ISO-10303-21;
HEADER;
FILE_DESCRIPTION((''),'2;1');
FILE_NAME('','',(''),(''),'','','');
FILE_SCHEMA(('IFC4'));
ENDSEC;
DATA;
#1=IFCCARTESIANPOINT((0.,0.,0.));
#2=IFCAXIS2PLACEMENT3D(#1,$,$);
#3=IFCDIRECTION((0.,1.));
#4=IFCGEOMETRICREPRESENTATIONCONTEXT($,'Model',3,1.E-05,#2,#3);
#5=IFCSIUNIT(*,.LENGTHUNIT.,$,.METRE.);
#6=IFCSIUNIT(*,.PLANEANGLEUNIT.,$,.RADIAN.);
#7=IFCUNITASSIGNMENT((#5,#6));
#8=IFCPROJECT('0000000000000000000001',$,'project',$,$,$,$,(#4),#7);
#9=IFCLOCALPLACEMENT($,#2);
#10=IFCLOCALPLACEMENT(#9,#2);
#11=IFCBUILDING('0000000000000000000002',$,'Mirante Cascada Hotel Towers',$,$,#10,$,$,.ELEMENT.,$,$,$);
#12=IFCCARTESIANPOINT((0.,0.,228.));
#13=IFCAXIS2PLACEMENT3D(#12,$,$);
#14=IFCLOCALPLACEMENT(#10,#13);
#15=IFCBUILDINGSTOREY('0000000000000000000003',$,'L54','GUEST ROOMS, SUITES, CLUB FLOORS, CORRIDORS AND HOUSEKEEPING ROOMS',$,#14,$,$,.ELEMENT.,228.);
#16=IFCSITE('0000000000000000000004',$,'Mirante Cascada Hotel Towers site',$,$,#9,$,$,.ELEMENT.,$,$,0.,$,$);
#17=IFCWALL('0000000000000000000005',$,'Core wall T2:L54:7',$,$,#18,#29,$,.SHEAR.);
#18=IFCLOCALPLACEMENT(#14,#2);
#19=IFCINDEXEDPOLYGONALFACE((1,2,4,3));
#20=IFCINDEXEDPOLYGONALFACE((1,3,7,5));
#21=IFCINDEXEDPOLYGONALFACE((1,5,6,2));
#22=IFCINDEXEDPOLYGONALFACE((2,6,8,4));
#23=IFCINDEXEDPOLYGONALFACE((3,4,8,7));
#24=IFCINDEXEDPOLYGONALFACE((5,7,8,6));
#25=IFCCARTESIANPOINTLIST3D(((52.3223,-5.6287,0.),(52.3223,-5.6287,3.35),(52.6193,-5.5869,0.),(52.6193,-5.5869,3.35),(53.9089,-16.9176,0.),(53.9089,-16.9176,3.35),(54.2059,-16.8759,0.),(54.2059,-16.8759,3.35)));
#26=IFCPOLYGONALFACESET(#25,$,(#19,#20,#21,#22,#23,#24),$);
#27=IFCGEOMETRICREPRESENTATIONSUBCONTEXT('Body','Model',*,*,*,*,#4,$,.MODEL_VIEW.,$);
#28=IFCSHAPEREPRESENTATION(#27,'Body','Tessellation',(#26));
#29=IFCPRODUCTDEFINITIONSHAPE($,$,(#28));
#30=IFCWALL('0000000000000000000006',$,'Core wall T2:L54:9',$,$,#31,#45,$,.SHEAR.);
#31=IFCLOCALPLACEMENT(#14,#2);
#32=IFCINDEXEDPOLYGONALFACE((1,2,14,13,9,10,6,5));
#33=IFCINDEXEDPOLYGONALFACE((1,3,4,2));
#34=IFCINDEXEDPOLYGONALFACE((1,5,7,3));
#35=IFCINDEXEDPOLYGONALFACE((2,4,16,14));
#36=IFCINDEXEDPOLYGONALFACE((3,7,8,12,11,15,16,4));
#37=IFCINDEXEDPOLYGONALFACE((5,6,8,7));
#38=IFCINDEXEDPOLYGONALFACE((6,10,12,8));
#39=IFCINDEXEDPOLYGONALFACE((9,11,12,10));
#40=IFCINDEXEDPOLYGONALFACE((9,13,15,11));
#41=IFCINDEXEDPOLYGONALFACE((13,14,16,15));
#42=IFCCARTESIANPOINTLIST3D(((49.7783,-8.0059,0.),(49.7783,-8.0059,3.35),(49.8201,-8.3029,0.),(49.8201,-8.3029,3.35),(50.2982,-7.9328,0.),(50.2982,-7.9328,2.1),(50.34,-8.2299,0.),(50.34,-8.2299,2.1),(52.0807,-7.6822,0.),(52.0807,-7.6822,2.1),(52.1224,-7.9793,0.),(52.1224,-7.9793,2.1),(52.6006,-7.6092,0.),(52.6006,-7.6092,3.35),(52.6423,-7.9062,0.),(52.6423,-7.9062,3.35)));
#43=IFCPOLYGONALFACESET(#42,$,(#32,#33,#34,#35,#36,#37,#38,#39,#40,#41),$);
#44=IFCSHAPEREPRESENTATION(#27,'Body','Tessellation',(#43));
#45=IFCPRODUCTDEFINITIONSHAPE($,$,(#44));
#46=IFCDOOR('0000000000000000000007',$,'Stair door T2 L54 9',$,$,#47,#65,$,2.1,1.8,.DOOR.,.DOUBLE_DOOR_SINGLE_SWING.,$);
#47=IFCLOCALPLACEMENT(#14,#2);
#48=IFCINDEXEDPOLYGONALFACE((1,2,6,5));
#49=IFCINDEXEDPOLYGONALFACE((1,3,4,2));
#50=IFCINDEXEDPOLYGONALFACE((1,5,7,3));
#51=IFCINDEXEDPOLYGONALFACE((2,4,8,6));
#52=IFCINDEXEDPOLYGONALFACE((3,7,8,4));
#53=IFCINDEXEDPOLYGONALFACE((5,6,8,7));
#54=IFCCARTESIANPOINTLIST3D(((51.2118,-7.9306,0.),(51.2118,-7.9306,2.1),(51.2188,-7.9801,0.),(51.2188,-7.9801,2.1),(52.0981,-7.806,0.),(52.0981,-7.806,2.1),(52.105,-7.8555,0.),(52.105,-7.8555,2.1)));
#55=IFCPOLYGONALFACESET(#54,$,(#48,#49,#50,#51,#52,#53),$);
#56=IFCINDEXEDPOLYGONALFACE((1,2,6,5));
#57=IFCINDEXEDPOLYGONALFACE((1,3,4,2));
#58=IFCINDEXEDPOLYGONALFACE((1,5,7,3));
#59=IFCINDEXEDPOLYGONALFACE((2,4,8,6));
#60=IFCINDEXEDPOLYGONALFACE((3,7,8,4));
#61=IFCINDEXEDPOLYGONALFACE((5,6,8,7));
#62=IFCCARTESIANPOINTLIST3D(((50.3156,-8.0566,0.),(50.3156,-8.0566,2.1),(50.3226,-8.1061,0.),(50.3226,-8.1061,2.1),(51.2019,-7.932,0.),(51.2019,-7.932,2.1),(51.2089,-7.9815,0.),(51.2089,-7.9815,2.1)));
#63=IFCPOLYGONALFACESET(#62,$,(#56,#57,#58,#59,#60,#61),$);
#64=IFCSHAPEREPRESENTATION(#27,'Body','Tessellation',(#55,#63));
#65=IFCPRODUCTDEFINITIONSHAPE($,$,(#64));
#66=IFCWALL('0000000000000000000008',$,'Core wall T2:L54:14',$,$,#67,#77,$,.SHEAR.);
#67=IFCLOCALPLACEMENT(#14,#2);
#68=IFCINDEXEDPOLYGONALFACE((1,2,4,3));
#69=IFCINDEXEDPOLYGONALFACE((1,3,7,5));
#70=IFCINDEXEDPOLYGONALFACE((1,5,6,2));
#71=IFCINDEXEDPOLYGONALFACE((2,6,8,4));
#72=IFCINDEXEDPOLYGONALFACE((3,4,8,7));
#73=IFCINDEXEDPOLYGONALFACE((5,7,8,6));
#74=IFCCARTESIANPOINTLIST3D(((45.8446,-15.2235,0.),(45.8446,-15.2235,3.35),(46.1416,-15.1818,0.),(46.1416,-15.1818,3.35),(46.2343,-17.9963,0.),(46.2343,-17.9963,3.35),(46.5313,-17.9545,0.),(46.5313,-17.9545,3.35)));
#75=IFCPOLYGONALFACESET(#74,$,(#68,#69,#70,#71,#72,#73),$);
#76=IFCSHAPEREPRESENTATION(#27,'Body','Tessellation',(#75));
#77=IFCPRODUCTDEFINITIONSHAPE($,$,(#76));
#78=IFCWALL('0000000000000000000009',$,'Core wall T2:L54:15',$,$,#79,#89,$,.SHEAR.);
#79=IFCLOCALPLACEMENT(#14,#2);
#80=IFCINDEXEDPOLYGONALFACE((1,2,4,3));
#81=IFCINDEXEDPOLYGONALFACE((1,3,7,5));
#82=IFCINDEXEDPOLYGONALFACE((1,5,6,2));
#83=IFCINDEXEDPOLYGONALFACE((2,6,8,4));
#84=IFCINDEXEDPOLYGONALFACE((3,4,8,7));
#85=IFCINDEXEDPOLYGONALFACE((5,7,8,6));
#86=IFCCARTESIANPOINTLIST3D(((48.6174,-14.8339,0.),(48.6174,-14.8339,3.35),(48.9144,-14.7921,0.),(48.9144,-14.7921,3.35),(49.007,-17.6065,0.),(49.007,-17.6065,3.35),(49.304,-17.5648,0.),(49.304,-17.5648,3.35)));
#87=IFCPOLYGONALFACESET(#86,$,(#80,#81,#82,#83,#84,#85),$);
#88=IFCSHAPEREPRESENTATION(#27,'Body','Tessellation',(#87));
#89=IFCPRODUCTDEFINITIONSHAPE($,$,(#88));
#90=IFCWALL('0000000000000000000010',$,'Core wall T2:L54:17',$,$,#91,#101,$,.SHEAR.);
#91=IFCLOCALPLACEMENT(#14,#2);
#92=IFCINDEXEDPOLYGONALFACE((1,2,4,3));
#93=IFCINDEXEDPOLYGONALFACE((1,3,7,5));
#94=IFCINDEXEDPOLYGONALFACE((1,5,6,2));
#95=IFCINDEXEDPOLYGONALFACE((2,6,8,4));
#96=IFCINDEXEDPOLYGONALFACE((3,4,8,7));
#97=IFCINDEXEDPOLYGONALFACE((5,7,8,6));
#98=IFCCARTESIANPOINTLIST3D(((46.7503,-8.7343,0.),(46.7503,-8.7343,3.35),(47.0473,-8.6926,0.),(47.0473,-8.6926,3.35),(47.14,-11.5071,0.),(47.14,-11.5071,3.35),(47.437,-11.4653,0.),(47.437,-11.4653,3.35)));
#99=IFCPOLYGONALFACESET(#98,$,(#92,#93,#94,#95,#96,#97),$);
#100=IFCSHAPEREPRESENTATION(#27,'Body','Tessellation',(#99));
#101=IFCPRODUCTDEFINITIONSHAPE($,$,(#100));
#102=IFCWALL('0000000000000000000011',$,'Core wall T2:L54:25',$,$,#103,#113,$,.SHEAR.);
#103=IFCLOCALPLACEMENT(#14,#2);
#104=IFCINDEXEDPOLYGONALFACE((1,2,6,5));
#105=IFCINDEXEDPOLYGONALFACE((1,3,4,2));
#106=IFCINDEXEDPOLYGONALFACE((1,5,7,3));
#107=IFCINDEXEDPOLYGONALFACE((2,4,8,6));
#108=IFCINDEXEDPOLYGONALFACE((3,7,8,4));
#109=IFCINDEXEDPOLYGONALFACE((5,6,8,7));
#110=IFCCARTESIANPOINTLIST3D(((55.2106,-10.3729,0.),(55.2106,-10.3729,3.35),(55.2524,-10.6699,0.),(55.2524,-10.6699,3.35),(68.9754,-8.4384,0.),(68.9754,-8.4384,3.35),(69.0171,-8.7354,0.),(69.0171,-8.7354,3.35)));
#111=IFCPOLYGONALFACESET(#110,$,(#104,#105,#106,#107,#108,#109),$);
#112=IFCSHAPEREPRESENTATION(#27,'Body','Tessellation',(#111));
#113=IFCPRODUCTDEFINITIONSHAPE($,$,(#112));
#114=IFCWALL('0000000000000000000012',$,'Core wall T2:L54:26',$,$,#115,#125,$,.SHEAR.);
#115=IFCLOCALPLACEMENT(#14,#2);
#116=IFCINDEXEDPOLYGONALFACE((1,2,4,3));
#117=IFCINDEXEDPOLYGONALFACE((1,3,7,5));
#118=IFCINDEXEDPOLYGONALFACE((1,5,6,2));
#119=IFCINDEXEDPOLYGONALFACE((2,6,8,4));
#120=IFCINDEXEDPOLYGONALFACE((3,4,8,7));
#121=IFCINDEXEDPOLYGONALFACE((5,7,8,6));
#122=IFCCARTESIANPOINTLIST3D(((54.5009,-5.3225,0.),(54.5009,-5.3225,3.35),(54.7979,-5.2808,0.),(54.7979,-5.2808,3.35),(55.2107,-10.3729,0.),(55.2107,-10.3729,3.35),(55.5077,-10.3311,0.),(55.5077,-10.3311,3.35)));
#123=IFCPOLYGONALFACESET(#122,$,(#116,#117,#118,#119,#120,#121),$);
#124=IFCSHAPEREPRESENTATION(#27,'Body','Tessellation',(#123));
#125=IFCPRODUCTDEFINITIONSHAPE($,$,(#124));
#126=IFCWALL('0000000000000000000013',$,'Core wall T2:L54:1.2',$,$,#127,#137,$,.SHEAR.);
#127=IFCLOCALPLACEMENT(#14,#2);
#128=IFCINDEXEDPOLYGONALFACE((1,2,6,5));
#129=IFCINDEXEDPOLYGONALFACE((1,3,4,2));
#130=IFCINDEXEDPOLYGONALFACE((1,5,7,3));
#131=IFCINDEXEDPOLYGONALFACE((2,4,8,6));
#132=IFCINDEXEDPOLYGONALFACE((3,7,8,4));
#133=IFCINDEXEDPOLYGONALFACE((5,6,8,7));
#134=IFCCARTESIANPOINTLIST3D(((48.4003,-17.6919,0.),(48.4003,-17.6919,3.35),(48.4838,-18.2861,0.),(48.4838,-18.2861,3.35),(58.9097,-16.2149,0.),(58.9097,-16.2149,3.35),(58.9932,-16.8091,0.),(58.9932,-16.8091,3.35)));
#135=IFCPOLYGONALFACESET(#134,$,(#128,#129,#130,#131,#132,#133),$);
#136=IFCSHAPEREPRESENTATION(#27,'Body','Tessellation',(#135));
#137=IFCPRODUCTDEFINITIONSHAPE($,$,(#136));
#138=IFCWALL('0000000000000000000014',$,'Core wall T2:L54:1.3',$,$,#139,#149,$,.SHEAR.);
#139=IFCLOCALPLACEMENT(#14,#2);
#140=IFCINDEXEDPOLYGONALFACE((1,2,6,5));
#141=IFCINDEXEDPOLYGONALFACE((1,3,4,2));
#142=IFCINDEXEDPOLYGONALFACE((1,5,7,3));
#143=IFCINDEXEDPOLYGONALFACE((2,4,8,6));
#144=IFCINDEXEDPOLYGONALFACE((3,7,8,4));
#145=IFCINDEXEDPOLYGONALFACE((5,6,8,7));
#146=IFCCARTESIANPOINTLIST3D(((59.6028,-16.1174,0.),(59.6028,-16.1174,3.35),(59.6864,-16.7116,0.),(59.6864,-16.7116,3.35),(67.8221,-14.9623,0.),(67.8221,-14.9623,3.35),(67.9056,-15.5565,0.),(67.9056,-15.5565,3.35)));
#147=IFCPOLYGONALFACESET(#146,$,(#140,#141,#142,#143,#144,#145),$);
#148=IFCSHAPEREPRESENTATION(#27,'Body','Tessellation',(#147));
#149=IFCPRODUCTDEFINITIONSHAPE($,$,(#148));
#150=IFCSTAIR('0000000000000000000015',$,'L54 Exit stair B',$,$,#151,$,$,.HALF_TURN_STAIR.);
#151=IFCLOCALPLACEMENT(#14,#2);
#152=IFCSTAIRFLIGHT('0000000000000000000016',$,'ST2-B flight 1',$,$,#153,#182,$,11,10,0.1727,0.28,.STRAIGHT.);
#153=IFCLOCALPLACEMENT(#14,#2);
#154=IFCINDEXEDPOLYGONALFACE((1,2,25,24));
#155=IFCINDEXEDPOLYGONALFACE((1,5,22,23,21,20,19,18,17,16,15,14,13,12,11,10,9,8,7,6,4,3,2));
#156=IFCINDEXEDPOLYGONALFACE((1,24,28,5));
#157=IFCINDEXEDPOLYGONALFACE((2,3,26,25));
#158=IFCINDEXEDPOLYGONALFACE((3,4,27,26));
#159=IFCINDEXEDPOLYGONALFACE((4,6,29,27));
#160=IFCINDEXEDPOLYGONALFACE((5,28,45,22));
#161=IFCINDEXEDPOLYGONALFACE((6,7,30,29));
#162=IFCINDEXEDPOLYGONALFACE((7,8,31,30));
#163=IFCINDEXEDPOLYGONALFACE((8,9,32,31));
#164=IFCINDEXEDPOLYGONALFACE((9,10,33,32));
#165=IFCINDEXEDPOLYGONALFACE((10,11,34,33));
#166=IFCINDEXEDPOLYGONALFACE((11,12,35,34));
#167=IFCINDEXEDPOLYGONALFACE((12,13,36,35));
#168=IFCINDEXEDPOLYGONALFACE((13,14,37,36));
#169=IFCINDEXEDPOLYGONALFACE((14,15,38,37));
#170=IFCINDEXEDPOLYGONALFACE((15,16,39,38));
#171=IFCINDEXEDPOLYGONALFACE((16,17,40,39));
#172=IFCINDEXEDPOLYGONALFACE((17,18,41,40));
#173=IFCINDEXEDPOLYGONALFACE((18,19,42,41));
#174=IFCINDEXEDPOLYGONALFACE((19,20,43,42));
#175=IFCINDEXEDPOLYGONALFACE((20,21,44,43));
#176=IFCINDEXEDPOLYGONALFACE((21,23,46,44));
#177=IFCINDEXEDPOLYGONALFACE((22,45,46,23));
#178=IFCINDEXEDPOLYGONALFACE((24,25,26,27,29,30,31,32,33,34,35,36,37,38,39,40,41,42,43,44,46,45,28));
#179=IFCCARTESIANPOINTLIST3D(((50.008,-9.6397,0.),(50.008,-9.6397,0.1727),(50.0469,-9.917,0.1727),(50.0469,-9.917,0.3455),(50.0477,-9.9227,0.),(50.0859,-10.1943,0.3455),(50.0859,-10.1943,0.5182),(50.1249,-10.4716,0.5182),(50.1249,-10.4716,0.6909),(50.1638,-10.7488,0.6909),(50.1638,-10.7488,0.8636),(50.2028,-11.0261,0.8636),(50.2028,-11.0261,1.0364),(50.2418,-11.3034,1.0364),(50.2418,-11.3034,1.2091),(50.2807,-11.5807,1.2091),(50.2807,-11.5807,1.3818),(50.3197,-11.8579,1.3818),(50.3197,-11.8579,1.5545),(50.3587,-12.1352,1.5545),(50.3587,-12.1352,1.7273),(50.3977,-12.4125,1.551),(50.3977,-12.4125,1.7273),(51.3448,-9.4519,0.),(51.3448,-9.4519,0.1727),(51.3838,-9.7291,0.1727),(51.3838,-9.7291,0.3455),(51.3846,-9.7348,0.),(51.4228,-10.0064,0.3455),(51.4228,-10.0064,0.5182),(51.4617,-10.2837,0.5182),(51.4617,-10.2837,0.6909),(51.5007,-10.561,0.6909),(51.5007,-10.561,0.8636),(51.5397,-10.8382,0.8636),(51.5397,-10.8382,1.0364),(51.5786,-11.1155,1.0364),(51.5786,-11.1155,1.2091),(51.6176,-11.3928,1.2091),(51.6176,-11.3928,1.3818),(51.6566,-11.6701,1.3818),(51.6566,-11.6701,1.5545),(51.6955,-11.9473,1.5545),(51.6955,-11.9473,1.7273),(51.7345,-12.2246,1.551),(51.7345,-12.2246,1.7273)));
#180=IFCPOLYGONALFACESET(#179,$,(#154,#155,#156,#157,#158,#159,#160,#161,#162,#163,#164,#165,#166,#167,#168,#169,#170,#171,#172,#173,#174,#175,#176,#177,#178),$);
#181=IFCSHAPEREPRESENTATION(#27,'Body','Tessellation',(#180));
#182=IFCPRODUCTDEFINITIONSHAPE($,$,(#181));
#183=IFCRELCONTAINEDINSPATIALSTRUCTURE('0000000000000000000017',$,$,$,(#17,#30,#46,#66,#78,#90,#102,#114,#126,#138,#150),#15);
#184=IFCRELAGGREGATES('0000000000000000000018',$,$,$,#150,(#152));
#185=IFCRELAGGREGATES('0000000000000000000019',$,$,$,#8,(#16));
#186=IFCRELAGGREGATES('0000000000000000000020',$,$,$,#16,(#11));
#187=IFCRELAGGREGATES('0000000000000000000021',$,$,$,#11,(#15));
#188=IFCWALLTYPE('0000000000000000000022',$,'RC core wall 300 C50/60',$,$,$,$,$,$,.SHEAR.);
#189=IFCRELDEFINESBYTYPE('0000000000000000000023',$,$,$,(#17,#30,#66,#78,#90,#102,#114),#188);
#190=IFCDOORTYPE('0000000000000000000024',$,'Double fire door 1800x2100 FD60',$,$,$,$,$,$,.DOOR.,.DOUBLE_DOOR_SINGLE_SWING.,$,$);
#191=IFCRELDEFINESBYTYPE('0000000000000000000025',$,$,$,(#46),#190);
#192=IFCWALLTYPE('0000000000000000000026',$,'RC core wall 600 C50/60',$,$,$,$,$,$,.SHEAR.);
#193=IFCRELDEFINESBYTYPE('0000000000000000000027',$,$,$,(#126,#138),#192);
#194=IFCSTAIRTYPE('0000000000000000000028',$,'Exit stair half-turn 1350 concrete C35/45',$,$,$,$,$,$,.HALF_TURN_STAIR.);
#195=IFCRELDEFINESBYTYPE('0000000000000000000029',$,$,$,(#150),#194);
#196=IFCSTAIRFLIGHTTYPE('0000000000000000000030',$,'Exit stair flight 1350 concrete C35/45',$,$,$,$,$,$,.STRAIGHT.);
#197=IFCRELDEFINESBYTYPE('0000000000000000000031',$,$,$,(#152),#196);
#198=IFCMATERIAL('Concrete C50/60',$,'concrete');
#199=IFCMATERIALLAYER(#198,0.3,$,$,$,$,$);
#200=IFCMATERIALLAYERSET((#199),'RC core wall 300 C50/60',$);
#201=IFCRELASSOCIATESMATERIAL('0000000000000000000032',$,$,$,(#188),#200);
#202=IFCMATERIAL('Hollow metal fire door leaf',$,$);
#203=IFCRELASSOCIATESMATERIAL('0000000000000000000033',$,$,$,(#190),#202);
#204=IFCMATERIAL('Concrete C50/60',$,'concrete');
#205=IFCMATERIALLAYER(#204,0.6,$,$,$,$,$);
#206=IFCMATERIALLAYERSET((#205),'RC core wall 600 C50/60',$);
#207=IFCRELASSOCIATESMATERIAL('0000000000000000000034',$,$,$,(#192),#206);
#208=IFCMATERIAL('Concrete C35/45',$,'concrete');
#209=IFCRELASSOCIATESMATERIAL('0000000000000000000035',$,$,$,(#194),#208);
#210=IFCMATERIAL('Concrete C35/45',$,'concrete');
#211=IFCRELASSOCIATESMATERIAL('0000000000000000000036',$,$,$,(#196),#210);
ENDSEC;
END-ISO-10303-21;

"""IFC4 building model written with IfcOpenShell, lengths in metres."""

from ifc_helpers import new_model, si_unit, direction, frame, frame_2d, origin, place, context, subcontext, project, spatial, polyline, rectangle, outline, extrude, material, layer, layer_set, type_object, element, fill, aggregate, save


model = new_model("IFC4")

# Units and contexts
model_context = context("Model", 3, precision=1e-05, world=origin(), true_north=direction((0.0, 1.0)))
body_context = subcontext(model_context, "Body", "Model", "MODEL_VIEW")
ifc_project = project(units=[si_unit("LENGTHUNIT", "METRE"), si_unit("PLANEANGLEUNIT", "RADIAN")], contexts=[model_context])

# Site, building, storey
site_placement = place(None, origin())
site = spatial("IfcSite", under=ifc_project, at=site_placement, Name="Mirante Cascada Hotel Towers site", CompositionType="ELEMENT", RefElevation=0.0)
building_placement = place(site_placement, origin())
building = spatial("IfcBuilding", under=site, at=building_placement, Name="Mirante Cascada Hotel Towers", CompositionType="ELEMENT")
storey_placement = place(building_placement, frame((0.0, 0.0, 228.0)))
storey = spatial("IfcBuildingStorey", under=building, at=storey_placement, Name="L54", Description="GUEST ROOMS, SUITES, CLUB FLOORS, CORRIDORS AND HOUSEKEEPING ROOMS", CompositionType="ELEMENT", Elevation=228.0)

# Wall
ifc_material_1 = material(Name="Concrete C50/60", Category="concrete")
ifc_layer_1 = layer(ifc_material_1, 0.3)
ifc_layer_set_1 = layer_set([ifc_layer_1], Name="RC core wall 300 C50/60")
wall_type_1 = type_object("IfcWallType", Name="RC core wall 300 C50/60", PredefinedType="SHEAR", material=ifc_layer_set_1)
wall_1_placement = place(storey_placement, frame((54.0574, -16.8968, 0.0), z_axis=(0.0, 0.0, 1.0), x_axis=(-0.139176, 0.990268, 0.0)))
element("IfcWall", 1, at=wall_1_placement, inside=storey, type_object=wall_type_1, Name="Core wall T2:L54:7", PredefinedType="SHEAR", context=body_context, shape_type="SweptSolid", body=[
    extrude(rectangle(XDim=11.3999, YDim=0.3, at=frame_2d((5.7, 0.0))), origin(), (0.0, 0.0, 1.0), 3.35),
])

# Wall, opening, door
wall_2_placement = place(storey_placement, frame((49.7992, -8.1544, 0.0), z_axis=(0.0, 0.0, 1.0), x_axis=(0.990266, 0.139191, 0.0)))
wall_2 = element("IfcWall", 2, at=wall_2_placement, inside=storey, type_object=wall_type_1, Name="Core wall T2:L54:9", PredefinedType="SHEAR", context=body_context, shape_type="SweptSolid", body=[
    extrude(rectangle(XDim=2.85, YDim=0.3, at=frame_2d((1.425, 0.0))), origin(), (0.0, 0.0, 1.0), 3.35),
])
opening_1_placement = place(wall_2_placement, frame((0.525, 0.0, 0.0)))
opening_1 = element("IfcOpeningElement", 3, at=opening_1_placement, cuts=wall_2, PredefinedType="OPENING", context=body_context, shape_type="SweptSolid", body=[
    extrude(rectangle(XDim=1.8, YDim=2.1, at=frame_2d((0.9, 1.05))), frame((0.0, 0.15, 0.0), z_axis=(0.0, -1.0, 0.0), x_axis=(1.0, 0.0, 0.0)), (0.0, 0.0, 1.0), 0.3),
])
ifc_material_2 = material(Name="Hollow metal fire door leaf")
door_type_1 = type_object("IfcDoorType", Name="Double fire door 1800x2100 FD60", OperationType="DOUBLE_DOOR_SINGLE_SWING", PredefinedType="DOOR", material=ifc_material_2)
door_1_placement = place(opening_1_placement, frame((1.8, 0.0, 0.0), z_axis=(0.0, 0.0, 1.0), x_axis=(-1.0, 0.0, 0.0)))
door_1 = element("IfcDoor", 4, at=door_1_placement, inside=storey, type_object=door_type_1, Name="Stair door T2 L54 9", OperationType="DOUBLE_DOOR_SINGLE_SWING", OverallHeight=2.1, OverallWidth=1.8, PredefinedType="DOOR", context=body_context, shape_type="SweptSolid", body=[
    extrude(rectangle(XDim=0.895, YDim=2.1, at=frame_2d((0.4475, 1.05))), frame((0.0, 0.025, 0.0), z_axis=(0.0, -1.0, 0.0), x_axis=(1.0, 0.0, 0.0)), (0.0, 0.0, 1.0), 0.05),
    extrude(rectangle(XDim=0.895, YDim=2.1, at=frame_2d((1.3525, 1.05))), frame((0.0, 0.025, 0.0), z_axis=(0.0, -1.0, 0.0), x_axis=(1.0, 0.0, 0.0)), (0.0, 0.0, 1.0), 0.05),
])
fill(opening_1, door_1)

# Walls
wall_3_placement = place(storey_placement, frame((46.3828, -17.9754, 0.0), z_axis=(0.0, 0.0, 1.0), x_axis=(-0.139181, 0.990267, 0.0)))
element("IfcWall", 5, at=wall_3_placement, inside=storey, type_object=wall_type_1, Name="Core wall T2:L54:14", PredefinedType="SHEAR", context=body_context, shape_type="SweptSolid", body=[
    extrude(rectangle(XDim=2.8, YDim=0.3, at=frame_2d((1.4, 0.0))), origin(), (0.0, 0.0, 1.0), 3.35),
])
wall_4_placement = place(storey_placement, frame((49.1555, -17.5857, 0.0), z_axis=(0.0, 0.0, 1.0), x_axis=(-0.139146, 0.990272, 0.0)))
element("IfcWall", 6, at=wall_4_placement, inside=storey, type_object=wall_type_1, Name="Core wall T2:L54:15", PredefinedType="SHEAR", context=body_context, shape_type="SweptSolid", body=[
    extrude(rectangle(XDim=2.7999, YDim=0.3, at=frame_2d((1.4, 0.0))), origin(), (0.0, 0.0, 1.0), 3.35),
])
wall_5_placement = place(storey_placement, frame((47.2885, -11.4862, 0.0), z_axis=(0.0, 0.0, 1.0), x_axis=(-0.139181, 0.990267, 0.0)))
element("IfcWall", 7, at=wall_5_placement, inside=storey, type_object=wall_type_1, Name="Core wall T2:L54:17", PredefinedType="SHEAR", context=body_context, shape_type="SweptSolid", body=[
    extrude(rectangle(XDim=2.8, YDim=0.3, at=frame_2d((1.4, 0.0))), origin(), (0.0, 0.0, 1.0), 3.35),
])
wall_6_placement = place(storey_placement, frame((55.2315, -10.5214, 0.0), z_axis=(0.0, 0.0, 1.0), x_axis=(0.990268, 0.139173, 0.0)))
element("IfcWall", 8, at=wall_6_placement, inside=storey, type_object=wall_type_1, Name="Core wall T2:L54:25", PredefinedType="SHEAR", context=body_context, shape_type="SweptSolid", body=[
    extrude(rectangle(XDim=13.9, YDim=0.3, at=frame_2d((6.95, 0.0))), origin(), (0.0, 0.0, 1.0), 3.35),
])
wall_7_placement = place(storey_placement, frame((55.3592, -10.352, 0.0), z_axis=(0.0, 0.0, 1.0), x_axis=(-0.139176, 0.990268, 0.0)))
element("IfcWall", 9, at=wall_7_placement, inside=storey, type_object=wall_type_1, Name="Core wall T2:L54:26", PredefinedType="SHEAR", context=body_context, shape_type="SweptSolid", body=[
    extrude(rectangle(XDim=5.1, YDim=0.3, at=frame_2d((2.55, 0.0))), origin(), (0.0, 0.0, 1.0), 3.35),
])
ifc_material_3 = material(Name="Concrete C50/60", Category="concrete")
ifc_layer_2 = layer(ifc_material_3, 0.6)
ifc_layer_set_2 = layer_set([ifc_layer_2], Name="RC core wall 600 C50/60")
wall_type_2 = type_object("IfcWallType", Name="RC core wall 600 C50/60", PredefinedType="SHEAR", material=ifc_layer_set_2)
wall_8_placement = place(storey_placement, frame((48.442, -17.989, 0.0), z_axis=(0.0, 0.0, 1.0), x_axis=(0.990268, 0.139173, 0.0)))
element("IfcWall", 10, at=wall_8_placement, inside=storey, type_object=wall_type_2, Name="Core wall T2:L54:1.2", PredefinedType="SHEAR", context=body_context, shape_type="SweptSolid", body=[
    extrude(rectangle(XDim=10.6127, YDim=0.6, at=frame_2d((5.3064, 0.0))), origin(), (0.0, 0.0, 1.0), 3.35),
])
wall_9_placement = place(storey_placement, frame((59.6446, -16.4145, 0.0), z_axis=(0.0, 0.0, 1.0), x_axis=(0.990269, 0.139169, 0.0)))
element("IfcWall", 11, at=wall_9_placement, inside=storey, type_object=wall_type_2, Name="Core wall T2:L54:1.3", PredefinedType="SHEAR", context=body_context, shape_type="SweptSolid", body=[
    extrude(rectangle(XDim=8.3, YDim=0.6, at=frame_2d((4.15, 0.0))), origin(), (0.0, 0.0, 1.0), 3.35),
])

# Stair, stair flight
ifc_material_4 = material(Name="Concrete C35/45", Category="concrete")
stair_type = type_object("IfcStairType", Name="Exit stair half-turn 1350 concrete C35/45", PredefinedType="HALF_TURN_STAIR", material=ifc_material_4)
stair_placement = place(storey_placement, origin())
stair = element("IfcStair", 12, at=stair_placement, inside=storey, type_object=stair_type, Name="L54 Exit stair B", PredefinedType="HALF_TURN_STAIR")
ifc_material_5 = material(Name="Concrete C35/45", Category="concrete")
stair_flight_type = type_object("IfcStairFlightType", Name="Exit stair flight 1350 concrete C35/45", PredefinedType="STRAIGHT", material=ifc_material_5)
stair_flight_1_placement = place(storey_placement, frame((50.6764, -9.5458, 0.0), z_axis=(0.0, 0.0, 1.0), x_axis=(0.139173, -0.990268, 0.0)))
stair_flight_1 = element("IfcStairFlight", 13, at=stair_flight_1_placement, type_object=stair_flight_type, Name="ST2-B flight 1", NumberOfRisers=11, NumberOfTreads=10, PredefinedType="STRAIGHT", RiserHeight=0.1727, TreadLength=0.28, context=body_context, shape_type="SweptSolid", body=[
    extrude(outline(polyline([(0.0, 0.0), (0.0, 0.1727), (0.28, 0.1727), (0.28, 0.3455), (0.56, 0.3455), (0.56, 0.5182), (0.84, 0.5182), (0.84, 0.6909), (1.12, 0.6909), (1.12, 0.8636), (1.4, 0.8636), (1.4, 1.0364), (1.68, 1.0364), (1.68, 1.2091), (1.96, 1.2091), (1.96, 1.3818), (2.24, 1.3818), (2.24, 1.5545), (2.52, 1.5545), (2.52, 1.7273), (2.8, 1.7273), (2.8, 1.9), (2.8, 1.551), (0.2857, 0.0), (0.0, 0.0)])), frame((0.0, 0.675, 0.0), z_axis=(0.0, -1.0, 0.0), x_axis=(1.0, 0.0, 0.0)), (0.0, 0.0, 1.0), 1.35),
])
aggregate(stair, [stair_flight_1])

save(model, "model.ifc")
